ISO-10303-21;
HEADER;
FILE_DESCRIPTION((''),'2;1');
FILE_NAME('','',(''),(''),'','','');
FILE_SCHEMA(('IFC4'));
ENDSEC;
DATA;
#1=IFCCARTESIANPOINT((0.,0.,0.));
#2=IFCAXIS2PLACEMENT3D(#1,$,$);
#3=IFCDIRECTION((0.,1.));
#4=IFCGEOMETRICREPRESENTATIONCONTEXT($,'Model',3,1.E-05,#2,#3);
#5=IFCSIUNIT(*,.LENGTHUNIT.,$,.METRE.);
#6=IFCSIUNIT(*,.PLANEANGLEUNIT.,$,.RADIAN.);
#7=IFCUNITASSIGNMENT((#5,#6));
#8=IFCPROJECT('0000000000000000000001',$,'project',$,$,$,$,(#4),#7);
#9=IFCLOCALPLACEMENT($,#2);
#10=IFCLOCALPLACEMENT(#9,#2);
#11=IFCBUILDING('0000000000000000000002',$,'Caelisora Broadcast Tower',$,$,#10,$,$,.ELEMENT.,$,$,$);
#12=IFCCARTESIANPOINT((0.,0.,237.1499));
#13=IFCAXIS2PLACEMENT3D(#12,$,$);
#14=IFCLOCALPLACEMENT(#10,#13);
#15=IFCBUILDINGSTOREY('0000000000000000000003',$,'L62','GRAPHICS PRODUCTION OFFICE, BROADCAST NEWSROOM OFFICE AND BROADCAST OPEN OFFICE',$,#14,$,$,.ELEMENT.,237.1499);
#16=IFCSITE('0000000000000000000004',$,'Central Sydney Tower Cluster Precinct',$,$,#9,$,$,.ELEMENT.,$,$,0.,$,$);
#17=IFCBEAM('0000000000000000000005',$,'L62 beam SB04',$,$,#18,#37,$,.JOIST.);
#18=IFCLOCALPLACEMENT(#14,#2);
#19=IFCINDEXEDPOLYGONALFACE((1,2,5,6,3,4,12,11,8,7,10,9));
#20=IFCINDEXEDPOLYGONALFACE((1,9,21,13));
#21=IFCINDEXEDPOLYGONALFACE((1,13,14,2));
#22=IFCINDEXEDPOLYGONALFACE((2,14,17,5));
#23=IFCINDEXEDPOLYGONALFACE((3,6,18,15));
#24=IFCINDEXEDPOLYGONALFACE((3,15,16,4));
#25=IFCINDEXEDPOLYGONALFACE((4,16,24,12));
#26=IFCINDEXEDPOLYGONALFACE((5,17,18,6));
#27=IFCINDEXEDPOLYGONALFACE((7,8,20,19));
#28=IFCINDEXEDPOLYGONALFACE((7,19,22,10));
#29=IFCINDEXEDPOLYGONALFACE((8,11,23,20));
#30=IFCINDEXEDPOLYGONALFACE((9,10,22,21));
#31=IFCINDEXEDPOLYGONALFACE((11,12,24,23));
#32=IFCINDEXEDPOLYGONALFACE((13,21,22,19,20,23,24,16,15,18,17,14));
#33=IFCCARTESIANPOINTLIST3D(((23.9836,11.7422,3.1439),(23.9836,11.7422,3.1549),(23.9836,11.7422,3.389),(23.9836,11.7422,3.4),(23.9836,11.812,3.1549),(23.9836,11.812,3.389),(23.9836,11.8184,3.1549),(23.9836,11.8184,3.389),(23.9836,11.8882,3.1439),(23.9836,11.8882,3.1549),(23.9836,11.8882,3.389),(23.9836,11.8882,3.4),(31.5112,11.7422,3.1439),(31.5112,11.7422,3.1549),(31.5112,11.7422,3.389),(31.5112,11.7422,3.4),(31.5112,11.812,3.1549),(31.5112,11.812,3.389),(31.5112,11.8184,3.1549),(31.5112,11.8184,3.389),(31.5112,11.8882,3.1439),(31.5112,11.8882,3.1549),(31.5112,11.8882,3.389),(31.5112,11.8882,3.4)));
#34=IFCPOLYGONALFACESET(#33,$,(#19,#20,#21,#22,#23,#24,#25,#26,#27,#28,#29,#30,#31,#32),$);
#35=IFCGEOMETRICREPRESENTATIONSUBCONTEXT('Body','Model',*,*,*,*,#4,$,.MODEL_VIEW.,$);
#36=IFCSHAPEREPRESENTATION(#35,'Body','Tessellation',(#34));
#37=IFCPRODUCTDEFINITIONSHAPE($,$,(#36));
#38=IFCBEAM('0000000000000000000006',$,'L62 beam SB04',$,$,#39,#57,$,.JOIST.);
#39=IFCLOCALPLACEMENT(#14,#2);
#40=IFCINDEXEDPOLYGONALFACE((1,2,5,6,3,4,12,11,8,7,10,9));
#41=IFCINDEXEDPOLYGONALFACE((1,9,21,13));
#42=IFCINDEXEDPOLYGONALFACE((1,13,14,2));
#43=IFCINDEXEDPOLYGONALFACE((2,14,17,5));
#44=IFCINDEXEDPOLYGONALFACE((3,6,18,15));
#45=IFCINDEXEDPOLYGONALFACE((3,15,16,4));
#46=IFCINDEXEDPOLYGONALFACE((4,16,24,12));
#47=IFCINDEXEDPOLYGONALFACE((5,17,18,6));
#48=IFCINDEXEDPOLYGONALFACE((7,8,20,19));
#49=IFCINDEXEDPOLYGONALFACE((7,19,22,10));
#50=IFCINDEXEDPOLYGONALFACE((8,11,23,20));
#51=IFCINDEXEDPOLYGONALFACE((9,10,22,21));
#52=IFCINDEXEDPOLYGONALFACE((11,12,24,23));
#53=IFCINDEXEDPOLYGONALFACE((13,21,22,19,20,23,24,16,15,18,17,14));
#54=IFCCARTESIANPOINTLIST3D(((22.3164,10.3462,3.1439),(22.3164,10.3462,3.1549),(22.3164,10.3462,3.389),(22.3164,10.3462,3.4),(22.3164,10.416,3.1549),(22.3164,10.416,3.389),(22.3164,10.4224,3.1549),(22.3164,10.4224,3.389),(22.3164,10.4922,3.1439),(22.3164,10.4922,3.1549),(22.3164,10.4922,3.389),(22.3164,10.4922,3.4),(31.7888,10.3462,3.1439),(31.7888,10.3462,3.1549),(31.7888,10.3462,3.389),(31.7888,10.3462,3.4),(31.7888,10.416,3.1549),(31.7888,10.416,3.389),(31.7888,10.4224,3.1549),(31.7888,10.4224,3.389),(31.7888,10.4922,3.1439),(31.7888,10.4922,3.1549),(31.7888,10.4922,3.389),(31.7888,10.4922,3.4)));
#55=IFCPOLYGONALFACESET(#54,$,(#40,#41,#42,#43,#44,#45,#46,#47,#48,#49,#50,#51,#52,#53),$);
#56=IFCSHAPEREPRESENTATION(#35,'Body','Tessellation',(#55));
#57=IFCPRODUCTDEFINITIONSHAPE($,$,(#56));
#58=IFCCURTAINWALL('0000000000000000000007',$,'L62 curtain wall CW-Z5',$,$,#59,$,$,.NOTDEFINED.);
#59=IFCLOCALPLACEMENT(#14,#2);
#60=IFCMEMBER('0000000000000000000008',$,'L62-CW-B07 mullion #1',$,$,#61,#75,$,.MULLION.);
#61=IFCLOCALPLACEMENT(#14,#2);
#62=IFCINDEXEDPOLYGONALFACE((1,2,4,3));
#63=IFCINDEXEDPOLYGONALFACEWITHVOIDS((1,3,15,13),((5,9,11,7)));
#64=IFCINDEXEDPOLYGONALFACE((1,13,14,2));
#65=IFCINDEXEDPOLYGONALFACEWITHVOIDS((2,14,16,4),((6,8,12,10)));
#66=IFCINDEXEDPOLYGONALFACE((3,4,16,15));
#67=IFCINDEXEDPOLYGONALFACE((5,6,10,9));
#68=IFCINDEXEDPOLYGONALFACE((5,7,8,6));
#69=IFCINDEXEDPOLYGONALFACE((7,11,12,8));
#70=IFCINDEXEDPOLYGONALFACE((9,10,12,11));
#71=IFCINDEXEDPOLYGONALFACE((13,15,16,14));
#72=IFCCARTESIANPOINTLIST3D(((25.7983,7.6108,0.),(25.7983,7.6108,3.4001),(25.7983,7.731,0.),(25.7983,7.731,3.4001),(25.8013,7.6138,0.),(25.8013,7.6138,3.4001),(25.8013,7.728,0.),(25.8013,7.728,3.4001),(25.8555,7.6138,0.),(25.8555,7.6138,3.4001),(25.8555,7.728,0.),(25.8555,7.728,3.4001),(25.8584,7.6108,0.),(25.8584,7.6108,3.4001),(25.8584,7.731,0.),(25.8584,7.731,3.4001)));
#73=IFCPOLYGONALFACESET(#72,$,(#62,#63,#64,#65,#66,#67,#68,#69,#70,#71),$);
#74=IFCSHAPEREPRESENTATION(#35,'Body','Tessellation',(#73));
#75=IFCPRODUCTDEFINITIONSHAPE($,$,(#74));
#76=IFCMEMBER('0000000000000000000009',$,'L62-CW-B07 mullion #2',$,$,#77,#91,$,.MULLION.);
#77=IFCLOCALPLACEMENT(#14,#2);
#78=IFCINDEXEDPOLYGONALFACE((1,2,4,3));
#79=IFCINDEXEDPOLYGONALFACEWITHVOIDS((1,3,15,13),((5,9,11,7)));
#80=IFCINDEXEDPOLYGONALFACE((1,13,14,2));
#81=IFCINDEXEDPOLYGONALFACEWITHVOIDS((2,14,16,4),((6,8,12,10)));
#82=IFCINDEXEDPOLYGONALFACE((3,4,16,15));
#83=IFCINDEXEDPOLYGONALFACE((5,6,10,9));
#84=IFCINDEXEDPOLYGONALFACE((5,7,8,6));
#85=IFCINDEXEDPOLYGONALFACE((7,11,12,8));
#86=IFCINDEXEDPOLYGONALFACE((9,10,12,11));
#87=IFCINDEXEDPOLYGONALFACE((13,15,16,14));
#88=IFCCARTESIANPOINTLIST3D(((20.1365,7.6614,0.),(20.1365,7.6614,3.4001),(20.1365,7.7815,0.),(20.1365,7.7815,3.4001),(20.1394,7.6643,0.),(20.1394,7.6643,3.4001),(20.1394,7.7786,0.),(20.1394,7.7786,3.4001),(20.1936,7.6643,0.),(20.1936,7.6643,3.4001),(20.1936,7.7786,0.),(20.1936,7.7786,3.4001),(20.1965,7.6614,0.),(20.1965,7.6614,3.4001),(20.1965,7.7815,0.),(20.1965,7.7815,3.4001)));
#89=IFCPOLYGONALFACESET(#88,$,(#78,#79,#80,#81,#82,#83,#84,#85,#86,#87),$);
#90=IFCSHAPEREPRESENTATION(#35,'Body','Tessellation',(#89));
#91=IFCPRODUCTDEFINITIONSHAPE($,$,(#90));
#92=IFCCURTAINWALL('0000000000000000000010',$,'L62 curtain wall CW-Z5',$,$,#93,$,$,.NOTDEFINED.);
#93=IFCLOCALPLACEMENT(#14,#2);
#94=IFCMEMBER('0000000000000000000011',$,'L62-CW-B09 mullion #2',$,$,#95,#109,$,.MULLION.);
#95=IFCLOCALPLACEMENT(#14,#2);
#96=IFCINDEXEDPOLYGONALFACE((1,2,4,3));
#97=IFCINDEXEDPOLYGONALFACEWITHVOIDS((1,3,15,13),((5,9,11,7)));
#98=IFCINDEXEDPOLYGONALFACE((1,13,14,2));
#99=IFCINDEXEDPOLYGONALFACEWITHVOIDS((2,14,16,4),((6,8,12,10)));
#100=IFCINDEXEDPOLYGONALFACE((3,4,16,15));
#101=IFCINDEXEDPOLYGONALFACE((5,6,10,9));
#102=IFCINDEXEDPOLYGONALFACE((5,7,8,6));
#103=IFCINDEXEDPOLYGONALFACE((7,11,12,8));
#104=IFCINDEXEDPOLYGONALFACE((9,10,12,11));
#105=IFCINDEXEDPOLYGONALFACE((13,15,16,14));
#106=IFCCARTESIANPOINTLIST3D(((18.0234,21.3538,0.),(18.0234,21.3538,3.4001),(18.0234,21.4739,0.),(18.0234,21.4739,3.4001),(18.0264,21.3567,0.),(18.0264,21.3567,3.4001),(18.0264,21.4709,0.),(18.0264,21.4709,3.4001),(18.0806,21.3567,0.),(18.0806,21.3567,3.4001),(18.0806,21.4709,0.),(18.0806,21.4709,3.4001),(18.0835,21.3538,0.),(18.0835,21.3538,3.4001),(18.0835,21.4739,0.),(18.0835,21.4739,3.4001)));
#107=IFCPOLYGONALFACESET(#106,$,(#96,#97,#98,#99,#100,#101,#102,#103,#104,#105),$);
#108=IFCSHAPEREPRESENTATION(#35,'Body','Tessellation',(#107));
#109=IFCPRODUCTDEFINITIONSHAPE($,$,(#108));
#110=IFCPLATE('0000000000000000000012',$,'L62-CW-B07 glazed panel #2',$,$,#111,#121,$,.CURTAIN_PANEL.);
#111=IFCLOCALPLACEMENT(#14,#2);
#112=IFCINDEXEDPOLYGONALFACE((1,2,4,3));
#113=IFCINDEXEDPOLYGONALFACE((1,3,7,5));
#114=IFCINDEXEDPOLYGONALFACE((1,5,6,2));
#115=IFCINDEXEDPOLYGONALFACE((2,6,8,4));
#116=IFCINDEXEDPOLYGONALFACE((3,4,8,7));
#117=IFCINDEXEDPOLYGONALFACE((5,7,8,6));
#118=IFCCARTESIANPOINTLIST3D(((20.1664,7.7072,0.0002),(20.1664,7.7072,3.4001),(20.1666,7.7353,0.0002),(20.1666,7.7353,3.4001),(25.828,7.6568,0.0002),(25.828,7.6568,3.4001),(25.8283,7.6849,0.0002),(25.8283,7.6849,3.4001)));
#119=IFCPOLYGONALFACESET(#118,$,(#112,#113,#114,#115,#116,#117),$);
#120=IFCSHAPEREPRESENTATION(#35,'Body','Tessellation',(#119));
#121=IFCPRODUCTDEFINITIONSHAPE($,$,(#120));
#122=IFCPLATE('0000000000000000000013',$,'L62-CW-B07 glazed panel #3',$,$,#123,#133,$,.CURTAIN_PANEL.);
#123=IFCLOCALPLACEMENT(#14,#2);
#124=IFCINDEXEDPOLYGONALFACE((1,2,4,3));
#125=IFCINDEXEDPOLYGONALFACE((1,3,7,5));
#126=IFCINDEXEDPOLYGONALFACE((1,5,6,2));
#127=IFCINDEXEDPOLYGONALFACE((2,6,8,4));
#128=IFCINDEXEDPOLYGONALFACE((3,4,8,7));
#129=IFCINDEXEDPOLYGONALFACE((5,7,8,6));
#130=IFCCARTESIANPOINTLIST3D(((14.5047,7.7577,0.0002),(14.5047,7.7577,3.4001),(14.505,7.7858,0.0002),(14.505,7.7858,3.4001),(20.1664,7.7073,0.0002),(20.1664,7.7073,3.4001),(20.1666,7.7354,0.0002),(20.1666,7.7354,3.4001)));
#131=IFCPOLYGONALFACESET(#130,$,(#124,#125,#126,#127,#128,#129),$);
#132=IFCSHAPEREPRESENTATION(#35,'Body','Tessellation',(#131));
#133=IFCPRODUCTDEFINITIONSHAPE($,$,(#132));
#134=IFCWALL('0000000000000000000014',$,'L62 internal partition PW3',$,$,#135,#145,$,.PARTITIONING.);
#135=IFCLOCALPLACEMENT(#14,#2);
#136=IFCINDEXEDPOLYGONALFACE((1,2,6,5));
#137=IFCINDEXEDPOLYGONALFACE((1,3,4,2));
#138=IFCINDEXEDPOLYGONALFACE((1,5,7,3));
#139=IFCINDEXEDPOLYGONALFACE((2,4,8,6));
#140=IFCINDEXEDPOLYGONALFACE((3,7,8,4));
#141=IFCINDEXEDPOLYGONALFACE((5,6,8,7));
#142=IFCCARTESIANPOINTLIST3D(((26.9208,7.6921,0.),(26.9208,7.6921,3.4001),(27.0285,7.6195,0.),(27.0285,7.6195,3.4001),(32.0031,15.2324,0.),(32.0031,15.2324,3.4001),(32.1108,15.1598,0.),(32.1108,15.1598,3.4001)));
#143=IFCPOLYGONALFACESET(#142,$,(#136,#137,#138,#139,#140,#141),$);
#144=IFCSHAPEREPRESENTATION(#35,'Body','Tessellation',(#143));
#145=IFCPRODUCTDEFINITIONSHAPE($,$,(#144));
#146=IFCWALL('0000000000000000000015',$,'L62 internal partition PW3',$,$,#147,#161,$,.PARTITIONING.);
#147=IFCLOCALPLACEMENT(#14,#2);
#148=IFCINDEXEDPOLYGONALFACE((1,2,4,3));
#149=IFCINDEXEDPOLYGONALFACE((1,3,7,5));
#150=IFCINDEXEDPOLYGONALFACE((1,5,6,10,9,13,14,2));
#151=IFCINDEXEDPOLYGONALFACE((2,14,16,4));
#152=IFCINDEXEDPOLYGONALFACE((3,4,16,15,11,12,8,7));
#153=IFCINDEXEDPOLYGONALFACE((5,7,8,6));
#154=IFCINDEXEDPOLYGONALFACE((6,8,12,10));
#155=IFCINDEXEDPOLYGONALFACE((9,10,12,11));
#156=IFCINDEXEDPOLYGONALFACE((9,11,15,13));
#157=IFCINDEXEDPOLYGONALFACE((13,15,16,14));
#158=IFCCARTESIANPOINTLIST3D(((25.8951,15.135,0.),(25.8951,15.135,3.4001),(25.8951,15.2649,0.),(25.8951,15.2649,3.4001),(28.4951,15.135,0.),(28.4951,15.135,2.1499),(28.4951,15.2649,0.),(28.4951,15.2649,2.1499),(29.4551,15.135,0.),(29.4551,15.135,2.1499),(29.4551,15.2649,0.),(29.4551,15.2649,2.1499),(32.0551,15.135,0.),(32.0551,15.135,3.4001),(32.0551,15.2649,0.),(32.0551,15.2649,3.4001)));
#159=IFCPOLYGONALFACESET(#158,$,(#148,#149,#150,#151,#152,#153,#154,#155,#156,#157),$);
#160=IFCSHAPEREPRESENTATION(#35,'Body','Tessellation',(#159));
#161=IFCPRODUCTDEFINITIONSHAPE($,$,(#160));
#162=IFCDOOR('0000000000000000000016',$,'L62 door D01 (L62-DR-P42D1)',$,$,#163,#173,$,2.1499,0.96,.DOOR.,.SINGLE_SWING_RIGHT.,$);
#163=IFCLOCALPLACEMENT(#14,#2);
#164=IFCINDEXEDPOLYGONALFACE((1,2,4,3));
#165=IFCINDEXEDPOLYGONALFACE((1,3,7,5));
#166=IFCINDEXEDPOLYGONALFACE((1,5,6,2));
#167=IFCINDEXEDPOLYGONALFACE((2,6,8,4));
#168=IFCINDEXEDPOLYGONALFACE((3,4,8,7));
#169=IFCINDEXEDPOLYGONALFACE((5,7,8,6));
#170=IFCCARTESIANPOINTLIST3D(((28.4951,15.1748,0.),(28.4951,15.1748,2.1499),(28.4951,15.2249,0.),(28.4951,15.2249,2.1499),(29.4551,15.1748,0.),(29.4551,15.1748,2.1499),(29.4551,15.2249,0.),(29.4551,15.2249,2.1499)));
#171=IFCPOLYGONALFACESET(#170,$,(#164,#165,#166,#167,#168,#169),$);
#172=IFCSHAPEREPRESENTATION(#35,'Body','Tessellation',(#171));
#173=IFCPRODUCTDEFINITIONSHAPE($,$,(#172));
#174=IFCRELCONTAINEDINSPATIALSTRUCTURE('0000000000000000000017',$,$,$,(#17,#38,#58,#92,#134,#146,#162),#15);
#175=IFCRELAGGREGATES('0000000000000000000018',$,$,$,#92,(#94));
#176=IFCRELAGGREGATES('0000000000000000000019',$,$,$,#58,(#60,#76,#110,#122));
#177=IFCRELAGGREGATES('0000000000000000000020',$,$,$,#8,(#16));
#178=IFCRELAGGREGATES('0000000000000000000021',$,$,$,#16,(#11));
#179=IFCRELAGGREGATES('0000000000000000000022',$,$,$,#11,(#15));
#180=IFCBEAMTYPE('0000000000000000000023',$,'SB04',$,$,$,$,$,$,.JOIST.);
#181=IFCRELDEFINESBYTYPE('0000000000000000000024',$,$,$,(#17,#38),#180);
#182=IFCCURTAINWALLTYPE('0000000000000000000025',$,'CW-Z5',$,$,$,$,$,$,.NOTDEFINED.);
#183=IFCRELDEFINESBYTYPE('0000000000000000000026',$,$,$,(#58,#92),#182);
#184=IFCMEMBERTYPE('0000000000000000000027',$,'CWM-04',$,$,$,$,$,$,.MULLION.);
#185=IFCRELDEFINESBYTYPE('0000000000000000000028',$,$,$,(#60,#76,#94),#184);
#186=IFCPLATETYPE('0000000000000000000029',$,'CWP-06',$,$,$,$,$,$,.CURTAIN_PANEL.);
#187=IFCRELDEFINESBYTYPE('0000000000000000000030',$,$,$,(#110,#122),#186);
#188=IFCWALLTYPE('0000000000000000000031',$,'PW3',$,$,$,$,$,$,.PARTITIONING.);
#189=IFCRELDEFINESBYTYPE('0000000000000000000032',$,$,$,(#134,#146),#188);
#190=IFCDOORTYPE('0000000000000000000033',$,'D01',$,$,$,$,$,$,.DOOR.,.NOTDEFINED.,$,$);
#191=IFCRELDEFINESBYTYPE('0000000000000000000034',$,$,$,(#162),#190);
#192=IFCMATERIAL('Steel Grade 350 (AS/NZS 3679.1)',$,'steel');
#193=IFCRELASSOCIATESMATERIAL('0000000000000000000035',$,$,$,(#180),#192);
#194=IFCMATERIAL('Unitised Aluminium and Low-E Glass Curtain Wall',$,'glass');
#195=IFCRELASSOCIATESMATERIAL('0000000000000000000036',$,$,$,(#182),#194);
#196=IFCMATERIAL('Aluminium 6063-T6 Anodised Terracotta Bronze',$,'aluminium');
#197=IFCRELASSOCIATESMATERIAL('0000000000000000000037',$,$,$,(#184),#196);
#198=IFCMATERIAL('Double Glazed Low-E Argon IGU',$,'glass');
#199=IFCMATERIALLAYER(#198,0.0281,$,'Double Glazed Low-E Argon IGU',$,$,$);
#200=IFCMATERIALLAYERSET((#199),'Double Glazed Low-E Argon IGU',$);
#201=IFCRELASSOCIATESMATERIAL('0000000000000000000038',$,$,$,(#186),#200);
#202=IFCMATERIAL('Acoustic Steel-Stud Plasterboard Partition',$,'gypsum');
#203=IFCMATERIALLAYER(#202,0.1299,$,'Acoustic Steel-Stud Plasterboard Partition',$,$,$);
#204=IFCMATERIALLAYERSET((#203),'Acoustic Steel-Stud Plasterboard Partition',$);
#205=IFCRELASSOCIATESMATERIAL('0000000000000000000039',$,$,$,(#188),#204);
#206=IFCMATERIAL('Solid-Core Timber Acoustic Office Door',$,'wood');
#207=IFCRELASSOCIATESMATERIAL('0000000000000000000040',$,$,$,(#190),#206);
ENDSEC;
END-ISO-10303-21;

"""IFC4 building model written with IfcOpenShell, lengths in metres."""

from ifc_helpers import new_model, si_unit, direction, frame, frame_2d, origin, origin_2d, place, context, subcontext, project, spatial, rectangle, hollow_rectangle, i_section, extrude, source, transform, mapped, material, layer, layer_set, material_profile, profile_set, type_object, type_shapes, element, fill, aggregate, save


model = new_model("IFC4")

# Units and contexts
model_context = context("Model", 3, precision=1e-05, world=origin(), true_north=direction((0.0, 1.0)))
body_context = subcontext(model_context, "Body", "Model", "MODEL_VIEW")
ifc_project = project(units=[si_unit("LENGTHUNIT", "METRE"), si_unit("PLANEANGLEUNIT", "RADIAN")], contexts=[model_context])

# Site, building, storey
site_placement = place(None, origin())
site = spatial("IfcSite", under=ifc_project, at=site_placement, Name="Central Sydney Tower Cluster Precinct", CompositionType="ELEMENT", RefElevation=0.0)
building_placement = place(site_placement, origin())
building = spatial("IfcBuilding", under=site, at=building_placement, Name="Caelisora Broadcast Tower", CompositionType="ELEMENT")
storey_placement = place(building_placement, frame((0.0, 0.0, 237.1499)))
storey = spatial("IfcBuildingStorey", under=building, at=storey_placement, Name="L62", Description="GRAPHICS PRODUCTION OFFICE, BROADCAST NEWSROOM OFFICE AND BROADCAST OPEN OFFICE", CompositionType="ELEMENT", Elevation=237.1499)

# Beams
ifc_material_1 = material(Name="Steel Grade 350 (AS/NZS 3679.1)", Category="steel")
ifc_material_profile_1 = material_profile(ifc_material_1, i_section(OverallWidth=0.146, OverallDepth=0.2561, WebThickness=0.0063, FlangeThickness=0.011, at=origin_2d()), Name="Steel Grade 350 (AS/NZS 3679.1)")
ifc_profile_set_1 = profile_set([ifc_material_profile_1], Name="Steel Grade 350 (AS/NZS 3679.1)")
beam_type_1 = type_object("IfcBeamType", Name="SB04", PredefinedType="JOIST", material=ifc_profile_set_1)
shared_shape_1 = source(origin(), body_context, "Body", "SweptSolid", [
    extrude(i_section(OverallWidth=0.146, OverallDepth=0.2561, WebThickness=0.0063, FlangeThickness=0.011, at=origin_2d()), origin(), (0.0, 0.0, 1.0), 7.5276),
])
beam_1_placement = place(storey_placement, frame((23.9836, 11.8152, 3.272), z_axis=(1.0, 0.0, 0.0), x_axis=(0.0, 1.0, 0.0)))
element("IfcBeam", 1, at=beam_1_placement, inside=storey, type_object=beam_type_1, Name="L62 beam SB04", PredefinedType="JOIST", context=body_context, shape_type="MappedRepresentation", body=[
    mapped(shared_shape_1, transform((0.0, 0.0, 0.0), scale=1.0)),
])
shared_shape_2 = source(origin(), body_context, "Body", "SweptSolid", [
    extrude(i_section(OverallWidth=0.146, OverallDepth=0.2561, WebThickness=0.0063, FlangeThickness=0.011, at=origin_2d()), origin(), (0.0, 0.0, 1.0), 9.4724),
])
beam_2_placement = place(storey_placement, frame((22.3164, 10.4192, 3.272), z_axis=(1.0, 0.0, 0.0), x_axis=(0.0, 1.0, 0.0)))
element("IfcBeam", 2, at=beam_2_placement, inside=storey, type_object=beam_type_1, Name="L62 beam SB04", PredefinedType="JOIST", context=body_context, shape_type="MappedRepresentation", body=[
    mapped(shared_shape_2, transform((0.0, 0.0, 0.0), scale=1.0)),
])

# Curtain wall, members
ifc_material_2 = material(Name="Unitised Aluminium and Low-E Glass Curtain Wall", Category="glass")
curtain_wall_type = type_object("IfcCurtainWallType", Name="CW-Z5", PredefinedType="NOTDEFINED", material=ifc_material_2)
curtain_wall_1_placement = place(storey_placement, origin())
curtain_wall_1 = element("IfcCurtainWall", 3, at=curtain_wall_1_placement, inside=storey, type_object=curtain_wall_type, Name="L62 curtain wall CW-Z5", PredefinedType="NOTDEFINED")
ifc_material_3 = material(Name="Aluminium 6063-T6 Anodised Terracotta Bronze", Category="aluminium")
ifc_material_profile_2 = material_profile(ifc_material_3, hollow_rectangle(XDim=0.0601, YDim=0.1201, WallThickness=0.0029, at=origin_2d()), Name="Aluminium 6063-T6 Anodised Terracotta Bronze")
ifc_profile_set_2 = profile_set([ifc_material_profile_2], Name="Aluminium 6063-T6 Anodised Terracotta Bronze")
member_type = type_object("IfcMemberType", Name="CWM-04", PredefinedType="MULLION", material=ifc_profile_set_2)
shared_shape_3 = source(origin(), body_context, "Body", "SweptSolid", [
    extrude(hollow_rectangle(XDim=0.0601, YDim=0.1201, WallThickness=0.0029, at=origin_2d()), origin(), (0.0, 0.0, 1.0), 3.4001),
])
type_shapes(member_type, [shared_shape_3])
member_1_placement = place(storey_placement, frame((25.8284, 7.6709, 0.0), z_axis=(0.0, 0.0, 1.0), x_axis=(1.0, 0.0, 0.0)))
member_1 = element("IfcMember", 4, at=member_1_placement, type_object=member_type, Name="L62-CW-B07 mullion #1", PredefinedType="MULLION", context=body_context, shape_type="MappedRepresentation", body=[
    mapped(shared_shape_3, transform((0.0, 0.0, 0.0), scale=1.0)),
])
member_2_placement = place(storey_placement, frame((20.1665, 7.7214, 0.0), z_axis=(0.0, 0.0, 1.0), x_axis=(1.0, 0.0, 0.0)))
member_2 = element("IfcMember", 5, at=member_2_placement, type_object=member_type, Name="L62-CW-B07 mullion #2", PredefinedType="MULLION", context=body_context, shape_type="MappedRepresentation", body=[
    mapped(shared_shape_3, transform((0.0, 0.0, 0.0), scale=1.0)),
])

# Curtain wall, member
curtain_wall_2_placement = place(storey_placement, origin())
curtain_wall_2 = element("IfcCurtainWall", 6, at=curtain_wall_2_placement, inside=storey, type_object=curtain_wall_type, Name="L62 curtain wall CW-Z5", PredefinedType="NOTDEFINED")
member_3_placement = place(storey_placement, frame((18.0535, 21.4138, 0.0), z_axis=(0.0, 0.0, 1.0), x_axis=(1.0, 0.0, 0.0)))
member_3 = element("IfcMember", 7, at=member_3_placement, type_object=member_type, Name="L62-CW-B09 mullion #2", PredefinedType="MULLION", context=body_context, shape_type="MappedRepresentation", body=[
    mapped(shared_shape_3, transform((0.0, 0.0, 0.0), scale=1.0)),
])
aggregate(curtain_wall_2, [member_3])

# Plates
ifc_material_4 = material(Name="Double Glazed Low-E Argon IGU", Category="glass")
ifc_layer_1 = layer(ifc_material_4, 0.0281, Name="Double Glazed Low-E Argon IGU")
ifc_layer_set_1 = layer_set([ifc_layer_1], Name="Double Glazed Low-E Argon IGU")
plate_type = type_object("IfcPlateType", Name="CWP-06", PredefinedType="CURTAIN_PANEL", material=ifc_layer_set_1)
shared_shape_4 = source(origin(), body_context, "Body", "SweptSolid", [
    extrude(rectangle(XDim=5.6619, YDim=0.0281, at=origin_2d()), origin(), (0.0, 0.0, 1.0), 3.3999),
])
type_shapes(plate_type, [shared_shape_4])
plate_1_placement = place(storey_placement, frame((22.9973, 7.696, 0.0002), z_axis=(0.0, 0.0, 1.0), x_axis=(-0.99996, 0.008901, 0.0)))
plate_1 = element("IfcPlate", 8, at=plate_1_placement, type_object=plate_type, Name="L62-CW-B07 glazed panel #2", PredefinedType="CURTAIN_PANEL", context=body_context, shape_type="MappedRepresentation", body=[
    mapped(shared_shape_4, transform((0.0, 0.0, 0.0), scale=1.0)),
])
plate_2_placement = place(storey_placement, frame((17.3357, 7.7466, 0.0002), z_axis=(0.0, 0.0, 1.0), x_axis=(-0.99996, 0.008901, 0.0)))
plate_2 = element("IfcPlate", 9, at=plate_2_placement, type_object=plate_type, Name="L62-CW-B07 glazed panel #3", PredefinedType="CURTAIN_PANEL", context=body_context, shape_type="MappedRepresentation", body=[
    mapped(shared_shape_4, transform((0.0, 0.0, 0.0), scale=1.0)),
])
aggregate(curtain_wall_1, [member_1, member_2, plate_1, plate_2])

# Wall
ifc_material_5 = material(Name="Acoustic Steel-Stud Plasterboard Partition", Category="gypsum")
ifc_layer_2 = layer(ifc_material_5, 0.1299, Name="Acoustic Steel-Stud Plasterboard Partition")
ifc_layer_set_2 = layer_set([ifc_layer_2], Name="Acoustic Steel-Stud Plasterboard Partition")
wall_type = type_object("IfcWallType", Name="PW3", PredefinedType="PARTITIONING", material=ifc_layer_set_2)
wall_1_placement = place(storey_placement, frame((26.9746, 7.6558, 0.0), z_axis=(0.0, 0.0, 1.0), x_axis=(0.558912, 0.829227, 0.0)))
element("IfcWall", 10, at=wall_1_placement, inside=storey, type_object=wall_type, Name="L62 internal partition PW3", PredefinedType="PARTITIONING", context=body_context, shape_type="SweptSolid", body=[
    extrude(rectangle(XDim=9.0933, YDim=0.1299, at=frame_2d((4.5466, 0.0))), origin(), (0.0, 0.0, 1.0), 3.4001),
])

# Wall, opening, door
wall_2_placement = place(storey_placement, frame((25.895, 15.2, 0.0), z_axis=(0.0, 0.0, 1.0), x_axis=(1.0, 0.0, 0.0)))
wall_2 = element("IfcWall", 11, at=wall_2_placement, inside=storey, type_object=wall_type, Name="L62 internal partition PW3", PredefinedType="PARTITIONING", context=body_context, shape_type="SweptSolid", body=[
    extrude(rectangle(XDim=6.1599, YDim=0.1299, at=frame_2d((3.0801, 0.0))), origin(), (0.0, 0.0, 1.0), 3.4001),
])
opening_1_placement = place(wall_2_placement, frame((2.6001, 0.0, 0.0)))
opening_1 = element("IfcOpeningElement", 12, at=opening_1_placement, cuts=wall_2, PredefinedType="OPENING", context=body_context, shape_type="SweptSolid", body=[
    extrude(rectangle(XDim=0.96, YDim=2.1499, at=frame_2d((0.48, 1.075))), frame((0.0, 0.0769, 0.0), z_axis=(0.0, -1.0, 0.0), x_axis=(1.0, 0.0, 0.0)), (0.0, 0.0, 1.0), 0.1538),
])
ifc_material_6 = material(Name="Solid-Core Timber Acoustic Office Door", Category="wood")
door_type = type_object("IfcDoorType", Name="D01", OperationType="NOTDEFINED", PredefinedType="DOOR", material=ifc_material_6)
door_1_placement = place(opening_1_placement, origin())
door_1 = element("IfcDoor", 13, at=door_1_placement, inside=storey, type_object=door_type, Name="L62 door D01 (L62-DR-P42D1)", OperationType="SINGLE_SWING_RIGHT", OverallHeight=2.1499, OverallWidth=0.96, PredefinedType="DOOR", context=body_context, shape_type="SweptSolid", body=[
    extrude(rectangle(XDim=0.96, YDim=2.1499, at=frame_2d((0.48, 1.075))), frame((0.0, 0.0249, 0.0), z_axis=(0.0, -1.0, 0.0), x_axis=(1.0, 0.0, 0.0)), (0.0, 0.0, 1.0), 0.05),
])
fill(opening_1, door_1)

save(model, "model.ifc")
